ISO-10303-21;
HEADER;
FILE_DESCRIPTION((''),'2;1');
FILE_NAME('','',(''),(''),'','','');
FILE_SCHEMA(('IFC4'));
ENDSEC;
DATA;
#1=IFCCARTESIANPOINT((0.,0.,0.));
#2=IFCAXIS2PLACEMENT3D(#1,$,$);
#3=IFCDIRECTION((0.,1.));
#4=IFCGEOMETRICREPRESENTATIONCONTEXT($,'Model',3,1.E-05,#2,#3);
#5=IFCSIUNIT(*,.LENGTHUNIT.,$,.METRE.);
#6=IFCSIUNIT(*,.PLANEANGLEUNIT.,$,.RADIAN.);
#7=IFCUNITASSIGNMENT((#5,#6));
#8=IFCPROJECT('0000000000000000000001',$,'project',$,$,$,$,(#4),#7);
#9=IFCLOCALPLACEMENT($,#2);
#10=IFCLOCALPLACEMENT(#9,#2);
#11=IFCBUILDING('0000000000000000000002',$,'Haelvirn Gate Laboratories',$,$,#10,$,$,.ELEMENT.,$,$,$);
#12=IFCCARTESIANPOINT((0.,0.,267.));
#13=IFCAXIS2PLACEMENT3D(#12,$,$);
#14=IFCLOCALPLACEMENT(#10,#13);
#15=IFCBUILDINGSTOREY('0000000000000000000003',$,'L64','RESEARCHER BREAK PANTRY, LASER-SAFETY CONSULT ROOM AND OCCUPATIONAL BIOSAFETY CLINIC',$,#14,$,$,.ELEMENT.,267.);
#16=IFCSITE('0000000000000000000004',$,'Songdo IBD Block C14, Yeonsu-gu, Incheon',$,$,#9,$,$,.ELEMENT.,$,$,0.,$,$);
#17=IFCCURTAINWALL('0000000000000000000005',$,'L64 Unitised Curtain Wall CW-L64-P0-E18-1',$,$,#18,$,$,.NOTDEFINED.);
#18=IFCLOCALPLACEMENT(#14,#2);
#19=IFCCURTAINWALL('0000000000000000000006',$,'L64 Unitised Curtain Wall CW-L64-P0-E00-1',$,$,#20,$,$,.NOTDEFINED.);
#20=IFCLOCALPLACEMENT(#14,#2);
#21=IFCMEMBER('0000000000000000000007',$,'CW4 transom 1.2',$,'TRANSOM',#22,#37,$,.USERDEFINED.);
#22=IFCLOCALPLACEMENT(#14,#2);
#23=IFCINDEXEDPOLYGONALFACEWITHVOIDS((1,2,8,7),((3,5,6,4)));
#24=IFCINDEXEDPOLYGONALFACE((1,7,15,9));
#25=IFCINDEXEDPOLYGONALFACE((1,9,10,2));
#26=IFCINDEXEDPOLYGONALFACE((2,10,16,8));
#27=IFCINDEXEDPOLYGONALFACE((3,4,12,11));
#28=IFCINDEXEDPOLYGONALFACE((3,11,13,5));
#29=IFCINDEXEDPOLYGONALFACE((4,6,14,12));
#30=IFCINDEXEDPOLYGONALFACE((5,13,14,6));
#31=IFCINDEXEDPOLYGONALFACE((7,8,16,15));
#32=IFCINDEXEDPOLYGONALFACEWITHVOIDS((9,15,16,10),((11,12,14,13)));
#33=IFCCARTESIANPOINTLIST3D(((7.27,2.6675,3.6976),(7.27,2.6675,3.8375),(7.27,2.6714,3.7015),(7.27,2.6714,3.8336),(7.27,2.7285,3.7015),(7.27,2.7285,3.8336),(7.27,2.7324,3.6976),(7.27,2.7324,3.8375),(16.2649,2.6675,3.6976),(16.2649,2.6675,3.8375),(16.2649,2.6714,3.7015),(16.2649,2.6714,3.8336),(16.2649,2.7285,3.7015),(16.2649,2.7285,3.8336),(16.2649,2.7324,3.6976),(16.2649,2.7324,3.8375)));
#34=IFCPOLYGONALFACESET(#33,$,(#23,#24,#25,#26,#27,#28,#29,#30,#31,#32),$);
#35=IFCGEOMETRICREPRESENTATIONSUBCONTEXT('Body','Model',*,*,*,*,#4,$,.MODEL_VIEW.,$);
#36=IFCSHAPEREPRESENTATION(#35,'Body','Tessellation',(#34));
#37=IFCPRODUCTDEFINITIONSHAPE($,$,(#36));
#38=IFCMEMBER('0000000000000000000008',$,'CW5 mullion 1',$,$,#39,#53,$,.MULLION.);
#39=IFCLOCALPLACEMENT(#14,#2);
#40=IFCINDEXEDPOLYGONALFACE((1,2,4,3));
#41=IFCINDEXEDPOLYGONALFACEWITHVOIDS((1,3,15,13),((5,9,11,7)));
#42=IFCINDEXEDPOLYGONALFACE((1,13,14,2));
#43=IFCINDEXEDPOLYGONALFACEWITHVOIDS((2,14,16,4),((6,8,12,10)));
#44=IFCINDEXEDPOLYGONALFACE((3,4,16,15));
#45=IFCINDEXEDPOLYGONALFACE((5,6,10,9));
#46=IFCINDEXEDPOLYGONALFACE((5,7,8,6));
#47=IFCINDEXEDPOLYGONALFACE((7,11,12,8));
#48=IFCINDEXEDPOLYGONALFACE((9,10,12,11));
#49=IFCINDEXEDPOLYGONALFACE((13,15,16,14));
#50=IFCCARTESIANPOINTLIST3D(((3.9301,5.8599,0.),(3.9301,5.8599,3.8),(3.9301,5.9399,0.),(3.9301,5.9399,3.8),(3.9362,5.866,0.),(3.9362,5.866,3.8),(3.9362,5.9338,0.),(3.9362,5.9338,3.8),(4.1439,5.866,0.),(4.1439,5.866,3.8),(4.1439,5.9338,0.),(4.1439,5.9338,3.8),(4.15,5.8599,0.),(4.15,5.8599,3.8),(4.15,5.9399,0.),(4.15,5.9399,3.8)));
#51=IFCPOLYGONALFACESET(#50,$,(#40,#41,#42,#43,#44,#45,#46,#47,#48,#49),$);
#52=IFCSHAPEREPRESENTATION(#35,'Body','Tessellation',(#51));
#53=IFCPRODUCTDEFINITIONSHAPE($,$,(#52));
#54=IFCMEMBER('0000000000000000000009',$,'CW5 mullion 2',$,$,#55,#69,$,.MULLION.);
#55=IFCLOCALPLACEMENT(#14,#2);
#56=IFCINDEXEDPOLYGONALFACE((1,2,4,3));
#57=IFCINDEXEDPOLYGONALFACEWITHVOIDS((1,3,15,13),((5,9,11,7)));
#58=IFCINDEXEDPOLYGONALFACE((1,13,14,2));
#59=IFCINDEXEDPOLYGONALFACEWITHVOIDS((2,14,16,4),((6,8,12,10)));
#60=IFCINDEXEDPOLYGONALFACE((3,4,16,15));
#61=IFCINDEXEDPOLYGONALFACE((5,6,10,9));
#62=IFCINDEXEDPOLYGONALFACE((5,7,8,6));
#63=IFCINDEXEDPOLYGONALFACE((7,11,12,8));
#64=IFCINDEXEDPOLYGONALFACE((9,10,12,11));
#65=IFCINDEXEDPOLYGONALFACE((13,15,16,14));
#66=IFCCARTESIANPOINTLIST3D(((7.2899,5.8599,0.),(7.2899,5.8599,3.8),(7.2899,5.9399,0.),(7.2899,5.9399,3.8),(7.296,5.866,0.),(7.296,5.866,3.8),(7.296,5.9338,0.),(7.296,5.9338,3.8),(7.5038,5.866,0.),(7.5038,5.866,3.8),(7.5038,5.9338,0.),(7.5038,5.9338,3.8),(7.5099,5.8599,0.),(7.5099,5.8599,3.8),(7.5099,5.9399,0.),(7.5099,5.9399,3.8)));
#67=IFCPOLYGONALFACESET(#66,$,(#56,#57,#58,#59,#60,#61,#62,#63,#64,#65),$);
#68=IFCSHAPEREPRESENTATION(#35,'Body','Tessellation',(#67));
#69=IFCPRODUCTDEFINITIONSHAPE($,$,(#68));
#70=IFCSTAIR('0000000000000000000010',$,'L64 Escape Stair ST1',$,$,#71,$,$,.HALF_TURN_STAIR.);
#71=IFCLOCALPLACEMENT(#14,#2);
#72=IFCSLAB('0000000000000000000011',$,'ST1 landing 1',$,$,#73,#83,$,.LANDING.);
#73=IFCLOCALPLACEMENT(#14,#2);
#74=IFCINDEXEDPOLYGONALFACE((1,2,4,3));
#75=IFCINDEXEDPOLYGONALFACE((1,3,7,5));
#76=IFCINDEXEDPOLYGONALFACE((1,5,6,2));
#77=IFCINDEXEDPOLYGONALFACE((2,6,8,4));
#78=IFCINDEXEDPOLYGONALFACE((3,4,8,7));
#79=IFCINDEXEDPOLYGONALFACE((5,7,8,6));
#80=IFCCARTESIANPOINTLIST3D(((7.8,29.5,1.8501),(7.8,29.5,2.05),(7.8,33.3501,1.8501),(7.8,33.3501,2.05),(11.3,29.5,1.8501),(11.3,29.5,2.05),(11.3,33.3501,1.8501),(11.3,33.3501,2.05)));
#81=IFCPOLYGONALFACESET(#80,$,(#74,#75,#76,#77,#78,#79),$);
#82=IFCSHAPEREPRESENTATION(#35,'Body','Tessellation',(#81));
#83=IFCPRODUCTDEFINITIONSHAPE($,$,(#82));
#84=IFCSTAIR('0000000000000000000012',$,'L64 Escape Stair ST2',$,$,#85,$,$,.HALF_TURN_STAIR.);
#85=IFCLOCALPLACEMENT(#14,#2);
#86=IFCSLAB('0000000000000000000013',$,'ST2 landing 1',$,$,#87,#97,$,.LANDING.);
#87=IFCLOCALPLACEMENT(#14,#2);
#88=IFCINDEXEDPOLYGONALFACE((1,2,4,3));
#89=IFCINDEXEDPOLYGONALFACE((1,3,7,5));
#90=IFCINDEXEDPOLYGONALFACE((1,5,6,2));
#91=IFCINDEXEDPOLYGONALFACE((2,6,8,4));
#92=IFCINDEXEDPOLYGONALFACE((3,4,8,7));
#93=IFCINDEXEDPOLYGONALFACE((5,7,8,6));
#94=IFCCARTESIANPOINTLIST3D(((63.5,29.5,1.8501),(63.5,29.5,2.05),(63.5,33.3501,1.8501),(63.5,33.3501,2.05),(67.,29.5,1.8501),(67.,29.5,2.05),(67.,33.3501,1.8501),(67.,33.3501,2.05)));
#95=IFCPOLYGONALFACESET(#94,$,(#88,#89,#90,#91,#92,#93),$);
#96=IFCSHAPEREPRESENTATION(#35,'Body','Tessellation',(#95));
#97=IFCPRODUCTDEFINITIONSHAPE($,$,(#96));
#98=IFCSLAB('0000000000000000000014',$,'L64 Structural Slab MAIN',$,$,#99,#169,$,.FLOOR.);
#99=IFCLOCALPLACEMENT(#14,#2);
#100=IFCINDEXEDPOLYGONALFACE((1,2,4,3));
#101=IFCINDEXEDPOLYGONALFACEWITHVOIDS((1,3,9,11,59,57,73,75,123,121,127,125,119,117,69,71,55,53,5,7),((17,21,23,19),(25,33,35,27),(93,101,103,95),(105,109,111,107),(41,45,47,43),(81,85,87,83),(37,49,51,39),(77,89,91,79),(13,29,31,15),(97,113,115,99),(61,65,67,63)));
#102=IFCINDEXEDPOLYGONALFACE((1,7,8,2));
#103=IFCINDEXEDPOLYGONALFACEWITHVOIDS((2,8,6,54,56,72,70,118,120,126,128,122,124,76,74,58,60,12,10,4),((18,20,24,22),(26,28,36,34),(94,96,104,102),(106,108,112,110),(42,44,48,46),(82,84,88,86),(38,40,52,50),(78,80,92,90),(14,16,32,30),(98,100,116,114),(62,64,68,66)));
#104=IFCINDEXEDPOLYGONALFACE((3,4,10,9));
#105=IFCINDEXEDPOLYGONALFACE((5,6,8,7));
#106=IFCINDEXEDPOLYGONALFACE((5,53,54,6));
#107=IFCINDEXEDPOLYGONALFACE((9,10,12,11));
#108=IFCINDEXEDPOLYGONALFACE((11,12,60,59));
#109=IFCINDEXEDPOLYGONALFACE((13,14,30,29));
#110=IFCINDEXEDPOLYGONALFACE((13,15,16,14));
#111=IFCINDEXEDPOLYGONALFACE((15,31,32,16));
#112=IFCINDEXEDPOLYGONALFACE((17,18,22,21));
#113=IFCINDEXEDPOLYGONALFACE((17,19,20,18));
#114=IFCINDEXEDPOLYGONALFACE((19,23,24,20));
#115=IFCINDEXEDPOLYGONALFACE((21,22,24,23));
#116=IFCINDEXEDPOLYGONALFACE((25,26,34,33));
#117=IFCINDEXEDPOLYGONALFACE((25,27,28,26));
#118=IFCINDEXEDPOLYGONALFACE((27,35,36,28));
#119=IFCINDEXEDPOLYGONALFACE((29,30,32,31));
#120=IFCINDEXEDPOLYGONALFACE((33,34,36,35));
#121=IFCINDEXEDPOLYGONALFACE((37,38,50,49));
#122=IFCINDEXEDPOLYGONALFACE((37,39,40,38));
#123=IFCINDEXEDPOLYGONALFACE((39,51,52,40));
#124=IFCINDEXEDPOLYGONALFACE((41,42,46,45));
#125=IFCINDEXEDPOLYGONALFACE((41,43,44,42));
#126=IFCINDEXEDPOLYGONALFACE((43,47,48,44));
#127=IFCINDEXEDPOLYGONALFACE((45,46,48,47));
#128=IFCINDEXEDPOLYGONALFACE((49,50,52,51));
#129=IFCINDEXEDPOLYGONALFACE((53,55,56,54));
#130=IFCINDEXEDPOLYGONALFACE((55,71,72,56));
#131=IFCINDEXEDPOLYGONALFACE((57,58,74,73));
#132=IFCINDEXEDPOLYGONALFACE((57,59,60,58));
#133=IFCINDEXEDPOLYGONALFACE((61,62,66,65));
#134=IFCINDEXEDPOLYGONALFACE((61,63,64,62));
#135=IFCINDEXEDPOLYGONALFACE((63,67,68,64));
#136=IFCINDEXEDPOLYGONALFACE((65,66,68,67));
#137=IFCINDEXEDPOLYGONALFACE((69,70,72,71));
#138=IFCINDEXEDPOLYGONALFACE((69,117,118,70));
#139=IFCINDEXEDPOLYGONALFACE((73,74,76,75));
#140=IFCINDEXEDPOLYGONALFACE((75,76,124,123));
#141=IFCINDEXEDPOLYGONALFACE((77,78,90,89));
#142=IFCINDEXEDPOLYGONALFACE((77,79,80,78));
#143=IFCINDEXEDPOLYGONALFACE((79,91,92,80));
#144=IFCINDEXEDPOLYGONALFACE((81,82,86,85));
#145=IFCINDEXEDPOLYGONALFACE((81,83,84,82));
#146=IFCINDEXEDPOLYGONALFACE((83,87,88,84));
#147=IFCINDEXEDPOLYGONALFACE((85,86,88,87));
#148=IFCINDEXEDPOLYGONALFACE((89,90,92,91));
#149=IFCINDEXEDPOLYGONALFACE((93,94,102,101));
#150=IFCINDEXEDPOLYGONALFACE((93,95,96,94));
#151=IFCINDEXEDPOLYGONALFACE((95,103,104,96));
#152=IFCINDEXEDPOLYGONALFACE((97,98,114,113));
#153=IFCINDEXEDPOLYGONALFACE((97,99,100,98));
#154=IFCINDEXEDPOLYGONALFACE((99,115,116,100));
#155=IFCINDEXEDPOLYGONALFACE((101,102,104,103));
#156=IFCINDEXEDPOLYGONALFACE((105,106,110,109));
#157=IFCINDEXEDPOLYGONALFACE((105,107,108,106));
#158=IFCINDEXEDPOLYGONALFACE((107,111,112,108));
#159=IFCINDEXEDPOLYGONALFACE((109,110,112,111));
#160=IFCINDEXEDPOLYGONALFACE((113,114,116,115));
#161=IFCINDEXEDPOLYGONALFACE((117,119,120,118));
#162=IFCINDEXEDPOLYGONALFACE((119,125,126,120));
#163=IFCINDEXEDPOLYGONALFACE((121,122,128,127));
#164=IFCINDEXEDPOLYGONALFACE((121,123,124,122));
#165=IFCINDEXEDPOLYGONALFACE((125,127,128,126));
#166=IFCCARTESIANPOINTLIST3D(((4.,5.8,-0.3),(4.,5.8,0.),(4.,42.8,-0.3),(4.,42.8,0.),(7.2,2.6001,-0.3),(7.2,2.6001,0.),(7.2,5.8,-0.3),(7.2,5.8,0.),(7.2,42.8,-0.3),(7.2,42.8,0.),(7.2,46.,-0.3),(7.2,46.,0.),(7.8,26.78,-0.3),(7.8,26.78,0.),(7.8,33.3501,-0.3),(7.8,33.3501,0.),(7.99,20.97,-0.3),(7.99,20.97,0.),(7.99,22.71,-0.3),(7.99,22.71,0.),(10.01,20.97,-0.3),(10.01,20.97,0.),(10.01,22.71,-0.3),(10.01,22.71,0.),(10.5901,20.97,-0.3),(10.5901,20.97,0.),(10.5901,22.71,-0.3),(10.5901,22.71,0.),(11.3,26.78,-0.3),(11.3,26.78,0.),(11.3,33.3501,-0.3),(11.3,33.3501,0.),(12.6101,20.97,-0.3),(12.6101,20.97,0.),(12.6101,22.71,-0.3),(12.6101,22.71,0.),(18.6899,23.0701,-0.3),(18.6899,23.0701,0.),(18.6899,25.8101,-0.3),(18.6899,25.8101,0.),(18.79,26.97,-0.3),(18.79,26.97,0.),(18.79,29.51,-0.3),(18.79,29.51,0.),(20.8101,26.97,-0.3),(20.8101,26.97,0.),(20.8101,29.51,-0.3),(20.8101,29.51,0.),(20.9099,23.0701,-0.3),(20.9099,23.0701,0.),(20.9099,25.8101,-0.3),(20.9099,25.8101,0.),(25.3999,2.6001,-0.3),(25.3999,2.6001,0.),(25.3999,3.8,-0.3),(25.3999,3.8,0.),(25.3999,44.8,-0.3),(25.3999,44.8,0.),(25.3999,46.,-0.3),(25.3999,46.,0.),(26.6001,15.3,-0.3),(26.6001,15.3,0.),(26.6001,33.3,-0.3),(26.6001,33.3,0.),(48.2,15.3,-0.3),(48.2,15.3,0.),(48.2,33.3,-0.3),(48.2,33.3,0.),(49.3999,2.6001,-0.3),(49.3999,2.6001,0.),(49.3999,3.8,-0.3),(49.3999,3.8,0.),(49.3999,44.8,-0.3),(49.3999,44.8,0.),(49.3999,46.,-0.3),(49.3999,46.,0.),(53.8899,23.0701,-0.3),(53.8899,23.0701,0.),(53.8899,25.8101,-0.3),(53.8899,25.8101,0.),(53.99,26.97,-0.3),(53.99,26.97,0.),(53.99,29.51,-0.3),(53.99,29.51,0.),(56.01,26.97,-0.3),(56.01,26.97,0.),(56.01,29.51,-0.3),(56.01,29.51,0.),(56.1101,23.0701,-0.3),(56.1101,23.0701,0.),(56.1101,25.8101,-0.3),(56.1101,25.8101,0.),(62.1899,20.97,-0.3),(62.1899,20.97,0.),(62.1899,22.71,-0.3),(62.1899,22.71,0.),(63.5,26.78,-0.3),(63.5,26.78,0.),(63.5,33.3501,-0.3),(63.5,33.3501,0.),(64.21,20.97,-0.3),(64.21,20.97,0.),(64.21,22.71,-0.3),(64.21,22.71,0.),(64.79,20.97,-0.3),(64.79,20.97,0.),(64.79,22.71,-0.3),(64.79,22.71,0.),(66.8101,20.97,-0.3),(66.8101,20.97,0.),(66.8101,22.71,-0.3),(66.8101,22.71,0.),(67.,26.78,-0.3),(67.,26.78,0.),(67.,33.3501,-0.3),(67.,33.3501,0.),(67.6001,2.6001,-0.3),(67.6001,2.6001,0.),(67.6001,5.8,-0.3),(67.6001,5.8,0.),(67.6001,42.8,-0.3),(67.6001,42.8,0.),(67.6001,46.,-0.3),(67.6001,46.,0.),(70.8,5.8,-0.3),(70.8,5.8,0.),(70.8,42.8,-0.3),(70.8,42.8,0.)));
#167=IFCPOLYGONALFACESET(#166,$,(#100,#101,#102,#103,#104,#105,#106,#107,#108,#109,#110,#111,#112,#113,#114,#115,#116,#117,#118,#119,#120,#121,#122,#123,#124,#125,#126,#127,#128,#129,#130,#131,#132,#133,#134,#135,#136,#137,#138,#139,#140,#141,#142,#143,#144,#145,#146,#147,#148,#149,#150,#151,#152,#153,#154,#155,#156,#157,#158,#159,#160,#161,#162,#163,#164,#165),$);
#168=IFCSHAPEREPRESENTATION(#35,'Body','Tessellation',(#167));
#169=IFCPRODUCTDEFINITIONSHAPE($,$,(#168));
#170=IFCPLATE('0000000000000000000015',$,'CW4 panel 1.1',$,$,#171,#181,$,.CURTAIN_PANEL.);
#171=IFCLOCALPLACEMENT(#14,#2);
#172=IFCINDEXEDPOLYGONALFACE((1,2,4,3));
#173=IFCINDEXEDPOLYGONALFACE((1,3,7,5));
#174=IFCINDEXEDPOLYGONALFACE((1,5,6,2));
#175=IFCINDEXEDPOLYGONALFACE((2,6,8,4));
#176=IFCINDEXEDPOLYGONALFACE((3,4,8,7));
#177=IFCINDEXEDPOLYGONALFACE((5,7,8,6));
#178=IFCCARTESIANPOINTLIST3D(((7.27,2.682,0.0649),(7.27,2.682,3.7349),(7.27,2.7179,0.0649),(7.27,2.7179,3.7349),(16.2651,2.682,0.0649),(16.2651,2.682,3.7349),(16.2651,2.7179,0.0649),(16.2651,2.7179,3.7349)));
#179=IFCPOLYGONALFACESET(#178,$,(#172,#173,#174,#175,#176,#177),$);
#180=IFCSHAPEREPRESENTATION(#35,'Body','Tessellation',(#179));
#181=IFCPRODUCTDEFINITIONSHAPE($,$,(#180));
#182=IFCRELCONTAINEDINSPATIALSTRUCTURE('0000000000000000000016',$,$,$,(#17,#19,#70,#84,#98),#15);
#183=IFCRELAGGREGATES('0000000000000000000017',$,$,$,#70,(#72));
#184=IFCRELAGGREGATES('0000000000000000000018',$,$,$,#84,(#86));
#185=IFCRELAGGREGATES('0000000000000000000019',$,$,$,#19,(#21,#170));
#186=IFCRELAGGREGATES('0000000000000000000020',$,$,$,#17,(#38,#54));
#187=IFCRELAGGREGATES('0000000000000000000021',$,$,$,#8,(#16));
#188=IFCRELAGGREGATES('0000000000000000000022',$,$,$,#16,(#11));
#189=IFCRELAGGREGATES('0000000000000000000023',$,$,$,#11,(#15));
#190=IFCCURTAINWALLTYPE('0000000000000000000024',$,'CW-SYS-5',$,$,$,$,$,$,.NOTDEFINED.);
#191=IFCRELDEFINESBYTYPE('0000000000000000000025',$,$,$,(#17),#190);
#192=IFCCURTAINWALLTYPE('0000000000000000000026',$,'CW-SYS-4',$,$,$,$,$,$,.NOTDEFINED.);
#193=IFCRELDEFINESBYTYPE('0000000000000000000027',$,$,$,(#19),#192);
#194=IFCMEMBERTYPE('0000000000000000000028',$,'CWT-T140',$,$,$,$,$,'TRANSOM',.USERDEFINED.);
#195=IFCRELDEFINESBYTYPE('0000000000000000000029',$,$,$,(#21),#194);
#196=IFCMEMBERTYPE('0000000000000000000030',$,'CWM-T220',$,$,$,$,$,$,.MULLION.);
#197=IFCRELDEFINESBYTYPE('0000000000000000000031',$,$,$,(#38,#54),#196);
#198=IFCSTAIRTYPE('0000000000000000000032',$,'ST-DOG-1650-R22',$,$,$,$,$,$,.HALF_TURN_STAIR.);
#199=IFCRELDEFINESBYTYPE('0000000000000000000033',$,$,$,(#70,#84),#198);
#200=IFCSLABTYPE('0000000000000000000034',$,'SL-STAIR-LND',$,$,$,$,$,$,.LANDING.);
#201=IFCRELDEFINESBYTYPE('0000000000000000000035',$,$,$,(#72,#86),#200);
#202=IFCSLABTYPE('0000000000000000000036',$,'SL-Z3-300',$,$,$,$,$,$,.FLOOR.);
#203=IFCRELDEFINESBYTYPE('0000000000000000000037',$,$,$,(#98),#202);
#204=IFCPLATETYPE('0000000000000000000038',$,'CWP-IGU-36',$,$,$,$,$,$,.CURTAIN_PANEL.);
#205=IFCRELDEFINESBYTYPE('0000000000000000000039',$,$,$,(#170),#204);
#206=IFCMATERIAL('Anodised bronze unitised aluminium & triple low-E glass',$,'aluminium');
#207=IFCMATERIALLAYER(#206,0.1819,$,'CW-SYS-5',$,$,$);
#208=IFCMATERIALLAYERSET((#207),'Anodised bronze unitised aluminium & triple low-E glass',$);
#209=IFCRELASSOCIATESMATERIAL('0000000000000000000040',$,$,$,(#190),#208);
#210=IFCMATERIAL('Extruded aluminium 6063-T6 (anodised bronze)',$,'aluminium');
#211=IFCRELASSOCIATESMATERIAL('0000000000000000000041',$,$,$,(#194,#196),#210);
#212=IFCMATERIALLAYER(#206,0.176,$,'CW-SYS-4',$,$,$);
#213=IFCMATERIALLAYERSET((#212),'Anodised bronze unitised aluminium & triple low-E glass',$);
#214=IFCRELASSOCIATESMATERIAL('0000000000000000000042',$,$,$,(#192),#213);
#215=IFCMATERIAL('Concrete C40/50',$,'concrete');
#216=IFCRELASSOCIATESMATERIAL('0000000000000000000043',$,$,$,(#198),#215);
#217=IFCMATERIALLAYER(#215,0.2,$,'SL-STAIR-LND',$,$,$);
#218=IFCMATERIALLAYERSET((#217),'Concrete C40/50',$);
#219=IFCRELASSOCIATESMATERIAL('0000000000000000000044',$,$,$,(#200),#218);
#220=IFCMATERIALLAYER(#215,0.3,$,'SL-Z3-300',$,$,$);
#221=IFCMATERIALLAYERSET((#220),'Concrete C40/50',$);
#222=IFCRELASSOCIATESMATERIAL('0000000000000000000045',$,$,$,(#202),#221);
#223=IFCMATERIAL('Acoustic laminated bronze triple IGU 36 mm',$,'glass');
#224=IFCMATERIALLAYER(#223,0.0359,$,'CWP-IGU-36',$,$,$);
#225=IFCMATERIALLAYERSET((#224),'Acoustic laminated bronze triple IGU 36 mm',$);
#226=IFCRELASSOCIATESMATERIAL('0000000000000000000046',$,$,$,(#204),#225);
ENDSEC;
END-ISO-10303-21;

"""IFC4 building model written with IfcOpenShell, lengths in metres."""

from ifc_helpers import new_model, si_unit, direction, frame, origin, origin_2d, place, context, subcontext, project, spatial, polyline, rectangle, hollow_rectangle, outline, extrude, source, transform, mapped, material, layer, layer_set, material_profile, profile_set, type_object, type_shapes, element, aggregate, save


model = new_model("IFC4")

# Units and contexts
model_context = context("Model", 3, precision=1e-05, world=origin(), true_north=direction((0.0, 1.0)))
body_context = subcontext(model_context, "Body", "Model", "MODEL_VIEW")
ifc_project = project(units=[si_unit("LENGTHUNIT", "METRE"), si_unit("PLANEANGLEUNIT", "RADIAN")], contexts=[model_context])

# Site, building, storey
site_placement = place(None, origin())
site = spatial("IfcSite", under=ifc_project, at=site_placement, Name="Songdo IBD Block C14, Yeonsu-gu, Incheon", CompositionType="ELEMENT", RefElevation=0.0)
building_placement = place(site_placement, origin())
building = spatial("IfcBuilding", under=site, at=building_placement, Name="Haelvirn Gate Laboratories", CompositionType="ELEMENT")
storey_placement = place(building_placement, frame((0.0, 0.0, 267.0)))
storey = spatial("IfcBuildingStorey", under=building, at=storey_placement, Name="L64", Description="RESEARCHER BREAK PANTRY, LASER-SAFETY CONSULT ROOM AND OCCUPATIONAL BIOSAFETY CLINIC", CompositionType="ELEMENT", Elevation=267.0)

# Curtain wall
ifc_material_1 = material(Name="Anodised bronze unitised aluminium & triple low-E glass", Category="aluminium")
ifc_layer_1 = layer(ifc_material_1, 0.1819, Name="CW-SYS-5")
ifc_layer_set_1 = layer_set([ifc_layer_1], Name="Anodised bronze unitised aluminium & triple low-E glass")
curtain_wall_type_1 = type_object("IfcCurtainWallType", Name="CW-SYS-5", PredefinedType="NOTDEFINED", material=ifc_layer_set_1)
curtain_wall_1_placement = place(storey_placement, origin())
curtain_wall_1 = element("IfcCurtainWall", 1, at=curtain_wall_1_placement, inside=storey, type_object=curtain_wall_type_1, Name="L64 Unitised Curtain Wall CW-L64-P0-E18-1", PredefinedType="NOTDEFINED")
ifc_material_2 = material(Name="Extruded aluminium 6063-T6 (anodised bronze)", Category="aluminium")
ifc_material_profile_1 = material_profile(ifc_material_2, hollow_rectangle(XDim=0.0649, YDim=0.1399, WallThickness=0.0039, at=origin_2d()), Name="CWT-140x65x4")
ifc_profile_set_1 = profile_set([ifc_material_profile_1], Name="Extruded aluminium 6063-T6 (anodised bronze)")
member_type_1 = type_object("IfcMemberType", Name="CWT-T140", ElementType="TRANSOM", PredefinedType="USERDEFINED", material=ifc_profile_set_1)

# Curtain wall
ifc_layer_2 = layer(ifc_material_1, 0.176, Name="CW-SYS-4")
ifc_layer_set_2 = layer_set([ifc_layer_2], Name="Anodised bronze unitised aluminium & triple low-E glass")
curtain_wall_type_2 = type_object("IfcCurtainWallType", Name="CW-SYS-4", PredefinedType="NOTDEFINED", material=ifc_layer_set_2)
curtain_wall_2_placement = place(storey_placement, origin())
curtain_wall_2 = element("IfcCurtainWall", 2, at=curtain_wall_2_placement, inside=storey, type_object=curtain_wall_type_2, Name="L64 Unitised Curtain Wall CW-L64-P0-E00-1", PredefinedType="NOTDEFINED")

# Members
shared_shape_1 = source(origin(), body_context, "Body", "SweptSolid", [
    extrude(hollow_rectangle(XDim=0.0649, YDim=0.1399, WallThickness=0.0039, at=origin_2d()), origin(), (0.0, 0.0, 1.0), 8.9949),
])
member_1_placement = place(storey_placement, frame((7.27, 2.7, 3.7676), z_axis=(1.0, 0.0, 0.0), x_axis=(0.0, 1.0, 0.0)))
member_1 = element("IfcMember", 3, at=member_1_placement, type_object=member_type_1, Name="CW4 transom 1.2", ObjectType="TRANSOM", PredefinedType="USERDEFINED", context=body_context, shape_type="MappedRepresentation", body=[
    mapped(shared_shape_1, transform((0.0, 0.0, 0.0), scale=1.0)),
])
ifc_material_profile_2 = material_profile(ifc_material_2, hollow_rectangle(XDim=0.0801, YDim=0.22, WallThickness=0.0061, at=origin_2d()), Name="CWM-220x80x6")
ifc_profile_set_2 = profile_set([ifc_material_profile_2], Name="Extruded aluminium 6063-T6 (anodised bronze)")
member_type_2 = type_object("IfcMemberType", Name="CWM-T220", PredefinedType="MULLION", material=ifc_profile_set_2)
shared_shape_2 = source(origin(), body_context, "Body", "SweptSolid", [
    extrude(hollow_rectangle(XDim=0.0801, YDim=0.22, WallThickness=0.0061, at=origin_2d()), origin(), (0.0, 0.0, 1.0), 3.8),
])
type_shapes(member_type_2, [shared_shape_2])
member_2_placement = place(storey_placement, frame((4.04, 5.8999, 0.0), z_axis=(0.0, 0.0, 1.0), x_axis=(0.0, 1.0, 0.0)))
member_2 = element("IfcMember", 4, at=member_2_placement, type_object=member_type_2, Name="CW5 mullion 1", PredefinedType="MULLION", context=body_context, shape_type="MappedRepresentation", body=[
    mapped(shared_shape_2, transform((0.0, 0.0, 0.0), scale=1.0)),
])
member_3_placement = place(storey_placement, frame((7.3999, 5.8999, 0.0), z_axis=(0.0, 0.0, 1.0), x_axis=(0.0, 1.0, 0.0)))
member_3 = element("IfcMember", 5, at=member_3_placement, type_object=member_type_2, Name="CW5 mullion 2", PredefinedType="MULLION", context=body_context, shape_type="MappedRepresentation", body=[
    mapped(shared_shape_2, transform((0.0, 0.0, 0.0), scale=1.0)),
])

# Stairs, slabs
ifc_material_3 = material(Name="Concrete C40/50", Category="concrete")
stair_type = type_object("IfcStairType", Name="ST-DOG-1650-R22", PredefinedType="HALF_TURN_STAIR", material=ifc_material_3)
stair_1_placement = place(storey_placement, origin())
stair_1 = element("IfcStair", 6, at=stair_1_placement, inside=storey, type_object=stair_type, Name="L64 Escape Stair ST1", PredefinedType="HALF_TURN_STAIR")
ifc_layer_3 = layer(ifc_material_3, 0.2, Name="SL-STAIR-LND")
ifc_layer_set_3 = layer_set([ifc_layer_3], Name="Concrete C40/50")
slab_type_1 = type_object("IfcSlabType", Name="SL-STAIR-LND", PredefinedType="LANDING", material=ifc_layer_set_3)
slab_1_placement = place(storey_placement, frame((0.0, 0.0, 1.8501)))
slab_1 = element("IfcSlab", 7, at=slab_1_placement, type_object=slab_type_1, Name="ST1 landing 1", PredefinedType="LANDING", context=body_context, shape_type="SweptSolid", body=[
    extrude(outline(polyline([(11.3, 29.5), (11.3, 33.3501), (7.8, 33.3501), (7.8, 29.5), (11.3, 29.5)])), origin(), (0.0, 0.0, 1.0), 0.2),
])
aggregate(stair_1, [slab_1])
stair_2_placement = place(storey_placement, origin())
stair_2 = element("IfcStair", 8, at=stair_2_placement, inside=storey, type_object=stair_type, Name="L64 Escape Stair ST2", PredefinedType="HALF_TURN_STAIR")
slab_2_placement = place(storey_placement, frame((0.0, 0.0, 1.8501)))
slab_2 = element("IfcSlab", 9, at=slab_2_placement, type_object=slab_type_1, Name="ST2 landing 1", PredefinedType="LANDING", context=body_context, shape_type="SweptSolid", body=[
    extrude(outline(polyline([(67.0, 29.5), (67.0, 33.3501), (63.5, 33.3501), (63.5, 29.5), (67.0, 29.5)])), origin(), (0.0, 0.0, 1.0), 0.2),
])
aggregate(stair_2, [slab_2])

# Slab
ifc_layer_4 = layer(ifc_material_3, 0.3, Name="SL-Z3-300")
ifc_layer_set_4 = layer_set([ifc_layer_4], Name="Concrete C40/50")
slab_type_2 = type_object("IfcSlabType", Name="SL-Z3-300", PredefinedType="FLOOR", material=ifc_layer_set_4)
slab_3_placement = place(storey_placement, frame((0.0, 0.0, -0.3)))
element("IfcSlab", 10, at=slab_3_placement, inside=storey, type_object=slab_type_2, Name="L64 Structural Slab MAIN", PredefinedType="FLOOR", context=body_context, shape_type="SweptSolid", body=[
    extrude(outline(polyline([(7.2, 2.6001), (25.3999, 2.6001), (25.3999, 3.8), (49.3999, 3.8), (49.3999, 2.6001), (67.6001, 2.6001), (67.6001, 5.8), (70.8, 5.8), (70.8, 42.8), (67.6001, 42.8), (67.6001, 46.0), (49.3999, 46.0), (49.3999, 44.8), (25.3999, 44.8), (25.3999, 46.0), (7.2, 46.0), (7.2, 42.8), (4.0, 42.8), (4.0, 5.8), (7.2, 5.8), (7.2, 2.6001)]), holes=[polyline([(26.6001, 15.3), (48.2, 15.3), (48.2, 33.3), (26.6001, 33.3), (26.6001, 15.3)]), polyline([(11.3, 26.78), (11.3, 33.3501), (7.8, 33.3501), (7.8, 26.78), (11.3, 26.78)]), polyline([(67.0, 26.78), (67.0, 33.3501), (63.5, 33.3501), (63.5, 26.78), (67.0, 26.78)]), polyline([(7.99, 20.97), (10.01, 20.97), (10.01, 22.71), (7.99, 22.71), (7.99, 20.97)]), polyline([(10.5901, 20.97), (12.6101, 20.97), (12.6101, 22.71), (10.5901, 22.71), (10.5901, 20.97)]), polyline([(18.79, 26.97), (20.8101, 26.97), (20.8101, 29.51), (18.79, 29.51), (18.79, 26.97)]), polyline([(18.6899, 23.0701), (20.9099, 23.0701), (20.9099, 25.8101), (18.6899, 25.8101), (18.6899, 23.0701)]), polyline([(64.79, 20.97), (66.8101, 20.97), (66.8101, 22.71), (64.79, 22.71), (64.79, 20.97)]), polyline([(62.1899, 20.97), (64.21, 20.97), (64.21, 22.71), (62.1899, 22.71), (62.1899, 20.97)]), polyline([(53.99, 26.97), (56.01, 26.97), (56.01, 29.51), (53.99, 29.51), (53.99, 26.97)]), polyline([(53.8899, 23.0701), (56.1101, 23.0701), (56.1101, 25.8101), (53.8899, 25.8101), (53.8899, 23.0701)])]), origin(), (0.0, 0.0, 1.0), 0.3),
])

# Plate
ifc_material_4 = material(Name="Acoustic laminated bronze triple IGU 36 mm", Category="glass")
ifc_layer_5 = layer(ifc_material_4, 0.0359, Name="CWP-IGU-36")
ifc_layer_set_5 = layer_set([ifc_layer_5], Name="Acoustic laminated bronze triple IGU 36 mm")
plate_type_1 = type_object("IfcPlateType", Name="CWP-IGU-36", PredefinedType="CURTAIN_PANEL", material=ifc_layer_set_5)
shared_shape_3 = source(origin(), body_context, "Body", "SweptSolid", [
    extrude(rectangle(XDim=8.9951, YDim=0.0359, at=origin_2d()), origin(), (0.0, 0.0, 1.0), 3.6699),
])
type_shapes(plate_type_1, [shared_shape_3])
plate_1_placement = place(storey_placement, frame((11.7676, 2.7, 0.0649), z_axis=(0.0, 0.0, 1.0), x_axis=(1.0, 0.0, 0.0)))
plate_1 = element("IfcPlate", 11, at=plate_1_placement, type_object=plate_type_1, Name="CW4 panel 1.1", PredefinedType="CURTAIN_PANEL", context=body_context, shape_type="MappedRepresentation", body=[
    mapped(shared_shape_3, transform((0.0, 0.0, 0.0), scale=1.0)),
])
aggregate(curtain_wall_2, [member_1, plate_1])
aggregate(curtain_wall_1, [member_2, member_3])

save(model, "model.ifc")
